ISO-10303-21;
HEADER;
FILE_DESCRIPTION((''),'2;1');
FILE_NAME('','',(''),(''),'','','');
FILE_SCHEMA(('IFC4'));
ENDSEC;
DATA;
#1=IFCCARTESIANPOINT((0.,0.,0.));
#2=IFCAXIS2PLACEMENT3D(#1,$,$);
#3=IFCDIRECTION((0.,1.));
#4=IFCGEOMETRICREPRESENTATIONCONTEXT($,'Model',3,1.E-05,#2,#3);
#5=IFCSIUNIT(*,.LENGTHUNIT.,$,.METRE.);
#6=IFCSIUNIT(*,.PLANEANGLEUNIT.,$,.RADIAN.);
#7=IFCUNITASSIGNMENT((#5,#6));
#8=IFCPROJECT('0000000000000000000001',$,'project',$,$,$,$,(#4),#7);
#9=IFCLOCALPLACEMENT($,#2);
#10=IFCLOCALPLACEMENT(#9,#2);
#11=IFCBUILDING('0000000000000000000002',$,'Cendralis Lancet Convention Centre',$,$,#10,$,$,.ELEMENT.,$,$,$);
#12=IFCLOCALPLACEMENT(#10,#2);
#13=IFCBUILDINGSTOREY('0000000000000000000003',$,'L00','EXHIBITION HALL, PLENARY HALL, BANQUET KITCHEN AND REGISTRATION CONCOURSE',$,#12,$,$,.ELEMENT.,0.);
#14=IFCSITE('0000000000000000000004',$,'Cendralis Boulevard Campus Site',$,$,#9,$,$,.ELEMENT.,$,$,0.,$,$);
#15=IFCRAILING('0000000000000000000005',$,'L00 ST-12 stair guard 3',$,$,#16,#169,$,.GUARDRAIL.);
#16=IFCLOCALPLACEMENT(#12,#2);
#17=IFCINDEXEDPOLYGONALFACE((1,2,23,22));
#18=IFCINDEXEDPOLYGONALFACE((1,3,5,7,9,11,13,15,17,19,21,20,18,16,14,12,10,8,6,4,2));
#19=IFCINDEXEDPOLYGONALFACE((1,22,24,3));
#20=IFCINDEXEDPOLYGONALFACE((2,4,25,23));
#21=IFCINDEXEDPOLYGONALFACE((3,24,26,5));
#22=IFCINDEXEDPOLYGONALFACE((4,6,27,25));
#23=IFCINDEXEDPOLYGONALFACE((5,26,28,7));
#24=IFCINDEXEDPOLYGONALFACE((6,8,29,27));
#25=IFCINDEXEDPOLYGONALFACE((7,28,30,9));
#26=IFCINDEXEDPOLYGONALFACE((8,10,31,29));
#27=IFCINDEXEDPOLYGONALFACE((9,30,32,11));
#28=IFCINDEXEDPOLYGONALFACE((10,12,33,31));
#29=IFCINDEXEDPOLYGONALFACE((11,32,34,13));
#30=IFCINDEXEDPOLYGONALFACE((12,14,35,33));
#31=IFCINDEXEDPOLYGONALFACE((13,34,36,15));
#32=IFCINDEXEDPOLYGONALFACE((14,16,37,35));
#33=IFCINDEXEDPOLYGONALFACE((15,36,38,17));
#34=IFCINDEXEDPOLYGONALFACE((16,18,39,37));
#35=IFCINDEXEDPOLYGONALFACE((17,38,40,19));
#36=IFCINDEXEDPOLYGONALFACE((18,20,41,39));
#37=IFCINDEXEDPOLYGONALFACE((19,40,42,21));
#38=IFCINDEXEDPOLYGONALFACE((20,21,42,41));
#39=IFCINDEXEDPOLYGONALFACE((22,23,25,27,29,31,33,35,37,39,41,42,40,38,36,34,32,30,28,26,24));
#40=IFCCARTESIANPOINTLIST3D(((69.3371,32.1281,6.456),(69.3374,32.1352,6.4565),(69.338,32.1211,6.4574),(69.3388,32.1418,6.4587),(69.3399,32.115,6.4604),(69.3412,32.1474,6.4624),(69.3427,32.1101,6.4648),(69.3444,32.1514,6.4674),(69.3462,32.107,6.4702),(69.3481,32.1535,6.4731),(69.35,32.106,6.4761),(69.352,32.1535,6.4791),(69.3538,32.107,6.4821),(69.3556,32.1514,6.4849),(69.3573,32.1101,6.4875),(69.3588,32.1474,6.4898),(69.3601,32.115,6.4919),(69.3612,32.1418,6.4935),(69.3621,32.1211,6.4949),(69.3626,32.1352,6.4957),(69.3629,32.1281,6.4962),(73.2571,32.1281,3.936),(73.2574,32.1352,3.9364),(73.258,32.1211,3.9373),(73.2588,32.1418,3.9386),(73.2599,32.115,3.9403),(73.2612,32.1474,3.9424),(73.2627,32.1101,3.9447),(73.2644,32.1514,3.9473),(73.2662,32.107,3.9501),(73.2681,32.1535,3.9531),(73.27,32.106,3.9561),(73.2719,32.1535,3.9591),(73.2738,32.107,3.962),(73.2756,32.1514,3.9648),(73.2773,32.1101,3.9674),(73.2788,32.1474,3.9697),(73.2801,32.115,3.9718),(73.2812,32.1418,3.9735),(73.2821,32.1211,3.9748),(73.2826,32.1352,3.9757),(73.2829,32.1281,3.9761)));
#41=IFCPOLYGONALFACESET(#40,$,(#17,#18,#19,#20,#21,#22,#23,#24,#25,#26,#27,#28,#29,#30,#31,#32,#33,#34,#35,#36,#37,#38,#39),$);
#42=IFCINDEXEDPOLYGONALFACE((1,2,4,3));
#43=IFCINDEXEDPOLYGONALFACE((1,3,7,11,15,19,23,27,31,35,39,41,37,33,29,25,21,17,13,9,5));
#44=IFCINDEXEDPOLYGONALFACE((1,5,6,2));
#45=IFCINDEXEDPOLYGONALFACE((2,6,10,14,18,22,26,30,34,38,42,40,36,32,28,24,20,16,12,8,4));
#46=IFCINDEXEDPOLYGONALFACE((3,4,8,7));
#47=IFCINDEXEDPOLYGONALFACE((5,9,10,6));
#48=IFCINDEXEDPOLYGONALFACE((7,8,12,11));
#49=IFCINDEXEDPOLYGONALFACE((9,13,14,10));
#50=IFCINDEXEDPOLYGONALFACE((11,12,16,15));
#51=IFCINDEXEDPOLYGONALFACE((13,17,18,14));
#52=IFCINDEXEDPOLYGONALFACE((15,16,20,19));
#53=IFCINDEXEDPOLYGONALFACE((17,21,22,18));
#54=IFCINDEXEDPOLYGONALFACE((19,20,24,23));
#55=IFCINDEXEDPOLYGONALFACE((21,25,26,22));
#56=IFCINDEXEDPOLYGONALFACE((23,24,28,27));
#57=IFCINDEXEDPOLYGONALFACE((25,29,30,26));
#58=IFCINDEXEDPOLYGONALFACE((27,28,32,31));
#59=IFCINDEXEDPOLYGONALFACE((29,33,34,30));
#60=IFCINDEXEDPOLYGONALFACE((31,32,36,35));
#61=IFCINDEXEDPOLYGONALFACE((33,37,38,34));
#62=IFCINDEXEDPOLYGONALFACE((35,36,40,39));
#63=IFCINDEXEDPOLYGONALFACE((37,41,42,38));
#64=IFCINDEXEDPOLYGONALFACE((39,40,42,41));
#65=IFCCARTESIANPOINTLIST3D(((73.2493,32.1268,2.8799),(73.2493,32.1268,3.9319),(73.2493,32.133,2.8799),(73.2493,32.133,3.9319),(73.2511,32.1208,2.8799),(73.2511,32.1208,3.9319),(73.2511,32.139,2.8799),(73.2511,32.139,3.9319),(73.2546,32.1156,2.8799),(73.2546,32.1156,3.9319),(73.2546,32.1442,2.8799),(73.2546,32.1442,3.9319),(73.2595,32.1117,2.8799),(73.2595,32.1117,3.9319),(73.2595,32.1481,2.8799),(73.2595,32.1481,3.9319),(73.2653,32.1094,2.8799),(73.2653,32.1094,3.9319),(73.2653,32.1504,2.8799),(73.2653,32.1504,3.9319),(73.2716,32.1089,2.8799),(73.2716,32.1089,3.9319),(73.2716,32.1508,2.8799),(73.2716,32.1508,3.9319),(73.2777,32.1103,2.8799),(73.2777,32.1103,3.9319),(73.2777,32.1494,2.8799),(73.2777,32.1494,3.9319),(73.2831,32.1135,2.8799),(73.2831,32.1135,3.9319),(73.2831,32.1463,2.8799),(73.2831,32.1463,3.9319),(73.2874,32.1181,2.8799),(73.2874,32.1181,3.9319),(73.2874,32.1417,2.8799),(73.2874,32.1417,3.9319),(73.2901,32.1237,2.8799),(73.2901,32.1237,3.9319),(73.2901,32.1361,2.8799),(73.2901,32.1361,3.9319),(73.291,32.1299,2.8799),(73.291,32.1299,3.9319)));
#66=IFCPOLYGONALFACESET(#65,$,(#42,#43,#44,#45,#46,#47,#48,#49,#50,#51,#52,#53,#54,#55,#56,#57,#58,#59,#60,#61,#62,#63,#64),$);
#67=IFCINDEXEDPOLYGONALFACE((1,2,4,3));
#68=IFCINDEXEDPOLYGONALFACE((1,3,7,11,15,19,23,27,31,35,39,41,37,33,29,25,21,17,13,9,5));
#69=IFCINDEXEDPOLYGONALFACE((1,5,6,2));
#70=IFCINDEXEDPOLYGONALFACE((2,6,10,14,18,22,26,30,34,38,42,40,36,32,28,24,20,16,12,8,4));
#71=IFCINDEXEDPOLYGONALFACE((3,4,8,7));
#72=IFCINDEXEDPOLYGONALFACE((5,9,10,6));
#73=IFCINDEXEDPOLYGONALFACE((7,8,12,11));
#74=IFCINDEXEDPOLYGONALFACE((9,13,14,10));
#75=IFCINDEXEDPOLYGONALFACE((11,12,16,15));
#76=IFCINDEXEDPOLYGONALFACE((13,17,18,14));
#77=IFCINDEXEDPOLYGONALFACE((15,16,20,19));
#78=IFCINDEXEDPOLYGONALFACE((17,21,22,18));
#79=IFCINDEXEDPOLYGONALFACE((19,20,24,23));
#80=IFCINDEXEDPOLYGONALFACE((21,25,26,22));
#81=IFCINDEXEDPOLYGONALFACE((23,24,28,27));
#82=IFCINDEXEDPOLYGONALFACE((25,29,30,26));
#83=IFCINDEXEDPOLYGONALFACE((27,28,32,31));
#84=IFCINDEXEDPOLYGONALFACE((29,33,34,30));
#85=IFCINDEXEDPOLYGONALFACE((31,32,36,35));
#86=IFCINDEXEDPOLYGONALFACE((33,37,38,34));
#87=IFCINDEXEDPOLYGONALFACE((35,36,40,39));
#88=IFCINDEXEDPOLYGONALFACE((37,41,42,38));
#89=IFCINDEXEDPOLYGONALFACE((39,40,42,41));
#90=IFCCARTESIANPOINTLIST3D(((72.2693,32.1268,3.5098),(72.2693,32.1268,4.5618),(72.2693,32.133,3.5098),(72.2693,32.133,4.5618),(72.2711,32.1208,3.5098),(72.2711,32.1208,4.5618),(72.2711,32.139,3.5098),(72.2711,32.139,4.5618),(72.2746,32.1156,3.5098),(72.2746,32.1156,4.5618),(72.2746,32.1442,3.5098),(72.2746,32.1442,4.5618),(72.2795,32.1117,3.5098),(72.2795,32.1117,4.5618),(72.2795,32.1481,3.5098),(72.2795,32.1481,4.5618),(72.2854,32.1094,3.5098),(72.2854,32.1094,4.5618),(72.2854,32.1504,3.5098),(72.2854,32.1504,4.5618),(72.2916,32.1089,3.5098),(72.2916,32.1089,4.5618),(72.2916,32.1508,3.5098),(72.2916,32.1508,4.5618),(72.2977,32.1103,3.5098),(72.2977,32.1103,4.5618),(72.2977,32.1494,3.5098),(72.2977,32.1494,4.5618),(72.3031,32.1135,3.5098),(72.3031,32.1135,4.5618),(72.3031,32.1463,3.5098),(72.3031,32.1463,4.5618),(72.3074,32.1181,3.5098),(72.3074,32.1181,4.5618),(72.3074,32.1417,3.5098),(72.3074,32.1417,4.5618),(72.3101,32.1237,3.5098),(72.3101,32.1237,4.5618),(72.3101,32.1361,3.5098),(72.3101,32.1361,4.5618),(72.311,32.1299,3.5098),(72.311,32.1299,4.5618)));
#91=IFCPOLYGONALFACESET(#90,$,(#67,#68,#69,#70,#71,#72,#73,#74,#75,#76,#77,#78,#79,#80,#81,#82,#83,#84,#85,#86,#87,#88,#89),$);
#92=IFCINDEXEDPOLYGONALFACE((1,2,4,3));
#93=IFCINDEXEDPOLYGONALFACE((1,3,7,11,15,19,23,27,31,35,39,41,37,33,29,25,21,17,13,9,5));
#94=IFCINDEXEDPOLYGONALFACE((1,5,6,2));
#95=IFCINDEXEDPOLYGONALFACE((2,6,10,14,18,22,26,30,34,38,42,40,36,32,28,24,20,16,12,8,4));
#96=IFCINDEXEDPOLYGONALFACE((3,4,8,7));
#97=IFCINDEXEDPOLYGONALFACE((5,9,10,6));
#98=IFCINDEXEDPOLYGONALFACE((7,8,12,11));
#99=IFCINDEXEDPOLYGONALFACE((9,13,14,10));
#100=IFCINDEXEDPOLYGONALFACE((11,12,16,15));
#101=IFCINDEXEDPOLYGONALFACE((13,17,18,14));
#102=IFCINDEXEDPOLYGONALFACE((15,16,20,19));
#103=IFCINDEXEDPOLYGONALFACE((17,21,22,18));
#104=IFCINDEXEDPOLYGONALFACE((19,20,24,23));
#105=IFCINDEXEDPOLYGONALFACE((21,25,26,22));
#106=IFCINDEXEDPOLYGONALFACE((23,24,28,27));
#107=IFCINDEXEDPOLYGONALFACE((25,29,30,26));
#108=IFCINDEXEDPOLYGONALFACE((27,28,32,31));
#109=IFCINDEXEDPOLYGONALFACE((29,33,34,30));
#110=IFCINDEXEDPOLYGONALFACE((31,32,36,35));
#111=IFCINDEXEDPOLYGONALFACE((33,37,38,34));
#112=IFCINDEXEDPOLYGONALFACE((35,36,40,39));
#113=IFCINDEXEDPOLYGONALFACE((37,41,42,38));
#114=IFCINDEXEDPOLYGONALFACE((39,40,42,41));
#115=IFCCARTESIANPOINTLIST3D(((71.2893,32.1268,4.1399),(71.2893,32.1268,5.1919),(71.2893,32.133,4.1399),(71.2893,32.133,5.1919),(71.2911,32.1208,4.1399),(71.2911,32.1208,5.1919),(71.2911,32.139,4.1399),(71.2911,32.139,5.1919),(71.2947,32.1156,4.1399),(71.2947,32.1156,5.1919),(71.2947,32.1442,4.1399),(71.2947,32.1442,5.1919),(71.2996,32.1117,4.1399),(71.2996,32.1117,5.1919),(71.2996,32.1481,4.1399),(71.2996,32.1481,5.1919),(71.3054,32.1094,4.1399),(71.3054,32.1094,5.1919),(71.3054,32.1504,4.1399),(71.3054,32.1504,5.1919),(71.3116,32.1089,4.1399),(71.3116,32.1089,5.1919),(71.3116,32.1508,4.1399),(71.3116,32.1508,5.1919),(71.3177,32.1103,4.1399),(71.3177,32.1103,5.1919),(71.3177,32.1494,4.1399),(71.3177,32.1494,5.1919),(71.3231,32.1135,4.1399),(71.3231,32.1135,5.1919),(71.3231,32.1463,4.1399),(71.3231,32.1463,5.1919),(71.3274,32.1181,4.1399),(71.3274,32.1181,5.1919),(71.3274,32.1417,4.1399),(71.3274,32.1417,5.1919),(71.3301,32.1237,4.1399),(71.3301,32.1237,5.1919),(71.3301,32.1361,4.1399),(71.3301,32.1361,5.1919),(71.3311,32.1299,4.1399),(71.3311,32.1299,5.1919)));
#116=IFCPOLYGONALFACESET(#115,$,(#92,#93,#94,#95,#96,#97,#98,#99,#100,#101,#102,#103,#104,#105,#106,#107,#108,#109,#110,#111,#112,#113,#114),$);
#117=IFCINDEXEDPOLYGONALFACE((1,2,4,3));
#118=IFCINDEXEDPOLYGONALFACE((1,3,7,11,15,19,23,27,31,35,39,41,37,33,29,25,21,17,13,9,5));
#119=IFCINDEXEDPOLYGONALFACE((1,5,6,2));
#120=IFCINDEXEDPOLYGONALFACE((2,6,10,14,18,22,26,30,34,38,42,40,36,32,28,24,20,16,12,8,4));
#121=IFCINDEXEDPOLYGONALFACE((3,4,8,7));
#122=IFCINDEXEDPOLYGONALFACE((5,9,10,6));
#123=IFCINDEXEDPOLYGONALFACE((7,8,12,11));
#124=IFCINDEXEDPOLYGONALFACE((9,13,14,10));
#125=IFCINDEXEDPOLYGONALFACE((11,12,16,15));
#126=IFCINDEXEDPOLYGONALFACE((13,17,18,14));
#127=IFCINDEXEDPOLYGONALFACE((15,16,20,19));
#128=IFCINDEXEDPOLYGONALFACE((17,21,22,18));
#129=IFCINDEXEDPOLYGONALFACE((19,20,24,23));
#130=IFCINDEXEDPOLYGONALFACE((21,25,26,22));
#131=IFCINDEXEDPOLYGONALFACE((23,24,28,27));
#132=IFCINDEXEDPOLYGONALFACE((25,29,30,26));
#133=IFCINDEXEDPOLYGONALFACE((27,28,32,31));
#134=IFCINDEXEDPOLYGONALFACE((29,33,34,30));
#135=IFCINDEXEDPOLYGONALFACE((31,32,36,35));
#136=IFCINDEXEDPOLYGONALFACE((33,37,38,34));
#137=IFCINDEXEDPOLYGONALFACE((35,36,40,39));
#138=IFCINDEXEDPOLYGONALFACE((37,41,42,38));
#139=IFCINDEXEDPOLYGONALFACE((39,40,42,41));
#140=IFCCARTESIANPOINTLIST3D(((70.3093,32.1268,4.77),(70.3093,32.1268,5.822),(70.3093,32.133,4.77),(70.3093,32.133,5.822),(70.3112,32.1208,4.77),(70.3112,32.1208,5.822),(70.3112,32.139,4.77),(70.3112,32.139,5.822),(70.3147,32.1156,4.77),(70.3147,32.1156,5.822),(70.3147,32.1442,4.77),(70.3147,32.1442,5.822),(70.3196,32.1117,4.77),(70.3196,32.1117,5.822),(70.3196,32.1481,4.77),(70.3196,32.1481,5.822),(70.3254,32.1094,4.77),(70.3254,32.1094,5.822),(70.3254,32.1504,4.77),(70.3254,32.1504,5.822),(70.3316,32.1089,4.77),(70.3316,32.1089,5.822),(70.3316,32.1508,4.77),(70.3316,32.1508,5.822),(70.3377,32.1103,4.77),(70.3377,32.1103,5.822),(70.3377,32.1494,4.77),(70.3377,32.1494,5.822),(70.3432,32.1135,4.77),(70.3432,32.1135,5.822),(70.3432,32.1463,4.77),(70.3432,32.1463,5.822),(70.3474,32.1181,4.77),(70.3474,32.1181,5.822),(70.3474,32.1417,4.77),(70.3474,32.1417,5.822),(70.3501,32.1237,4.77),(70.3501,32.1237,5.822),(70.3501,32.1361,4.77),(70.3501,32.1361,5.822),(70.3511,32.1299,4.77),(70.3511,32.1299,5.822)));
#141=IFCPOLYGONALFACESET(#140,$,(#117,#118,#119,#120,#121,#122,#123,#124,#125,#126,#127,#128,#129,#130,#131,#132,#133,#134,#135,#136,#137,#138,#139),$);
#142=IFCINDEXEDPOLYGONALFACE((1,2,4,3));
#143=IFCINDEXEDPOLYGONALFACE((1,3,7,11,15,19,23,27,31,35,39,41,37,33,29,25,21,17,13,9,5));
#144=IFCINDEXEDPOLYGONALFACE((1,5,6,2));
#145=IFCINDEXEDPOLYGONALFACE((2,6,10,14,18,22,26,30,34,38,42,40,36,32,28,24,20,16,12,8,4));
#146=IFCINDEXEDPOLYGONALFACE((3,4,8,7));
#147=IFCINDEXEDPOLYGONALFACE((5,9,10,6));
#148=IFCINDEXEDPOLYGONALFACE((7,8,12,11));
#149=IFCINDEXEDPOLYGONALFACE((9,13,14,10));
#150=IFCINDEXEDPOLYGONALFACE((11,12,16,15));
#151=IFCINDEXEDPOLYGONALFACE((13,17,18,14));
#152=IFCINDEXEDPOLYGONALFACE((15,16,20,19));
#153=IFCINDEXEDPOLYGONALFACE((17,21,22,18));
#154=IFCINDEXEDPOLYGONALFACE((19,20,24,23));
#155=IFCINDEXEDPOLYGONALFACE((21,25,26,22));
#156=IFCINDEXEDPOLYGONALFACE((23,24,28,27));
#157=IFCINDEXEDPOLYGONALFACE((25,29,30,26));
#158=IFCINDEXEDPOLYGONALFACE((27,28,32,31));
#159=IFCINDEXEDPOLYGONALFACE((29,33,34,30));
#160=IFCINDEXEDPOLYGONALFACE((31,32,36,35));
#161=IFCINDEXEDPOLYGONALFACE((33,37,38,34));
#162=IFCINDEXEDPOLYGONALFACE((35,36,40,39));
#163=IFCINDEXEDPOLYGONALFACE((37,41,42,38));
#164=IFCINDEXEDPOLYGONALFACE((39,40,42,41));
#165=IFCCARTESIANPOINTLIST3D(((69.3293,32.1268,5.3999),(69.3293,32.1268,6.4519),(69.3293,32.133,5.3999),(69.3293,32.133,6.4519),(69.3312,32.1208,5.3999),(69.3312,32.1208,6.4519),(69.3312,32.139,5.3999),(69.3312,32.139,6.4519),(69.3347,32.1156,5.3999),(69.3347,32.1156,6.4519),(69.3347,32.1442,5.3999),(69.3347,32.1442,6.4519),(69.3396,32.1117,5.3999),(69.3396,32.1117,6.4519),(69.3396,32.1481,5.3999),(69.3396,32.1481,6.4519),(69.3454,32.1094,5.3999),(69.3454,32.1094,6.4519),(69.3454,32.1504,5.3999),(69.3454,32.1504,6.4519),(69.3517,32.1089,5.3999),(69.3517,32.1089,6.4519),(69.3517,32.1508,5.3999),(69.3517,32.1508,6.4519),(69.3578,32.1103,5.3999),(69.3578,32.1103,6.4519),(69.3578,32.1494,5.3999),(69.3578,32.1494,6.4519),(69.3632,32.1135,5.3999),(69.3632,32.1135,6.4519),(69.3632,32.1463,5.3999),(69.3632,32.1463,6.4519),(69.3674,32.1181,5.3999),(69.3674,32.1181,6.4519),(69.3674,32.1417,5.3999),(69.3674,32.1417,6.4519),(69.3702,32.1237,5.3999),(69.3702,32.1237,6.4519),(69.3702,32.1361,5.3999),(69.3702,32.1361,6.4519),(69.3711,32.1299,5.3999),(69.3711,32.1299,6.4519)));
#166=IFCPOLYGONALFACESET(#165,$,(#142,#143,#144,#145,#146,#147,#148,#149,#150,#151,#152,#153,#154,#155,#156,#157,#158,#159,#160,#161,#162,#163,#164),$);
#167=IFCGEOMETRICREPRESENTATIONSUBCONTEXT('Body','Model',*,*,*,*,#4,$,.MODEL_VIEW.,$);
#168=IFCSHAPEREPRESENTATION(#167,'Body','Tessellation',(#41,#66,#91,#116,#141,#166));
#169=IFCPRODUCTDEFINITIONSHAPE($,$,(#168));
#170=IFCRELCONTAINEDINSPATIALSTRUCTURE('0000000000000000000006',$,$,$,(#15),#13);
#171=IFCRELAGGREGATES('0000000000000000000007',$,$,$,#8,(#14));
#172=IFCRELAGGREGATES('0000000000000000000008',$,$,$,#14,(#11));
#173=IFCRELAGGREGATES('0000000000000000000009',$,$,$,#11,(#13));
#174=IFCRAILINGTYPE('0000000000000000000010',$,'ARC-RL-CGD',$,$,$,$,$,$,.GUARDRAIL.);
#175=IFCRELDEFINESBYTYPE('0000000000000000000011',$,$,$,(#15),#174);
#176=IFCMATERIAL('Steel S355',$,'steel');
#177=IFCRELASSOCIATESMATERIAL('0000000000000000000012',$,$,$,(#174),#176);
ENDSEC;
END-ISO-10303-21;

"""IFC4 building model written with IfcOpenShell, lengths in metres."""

from ifc_helpers import new_model, si_unit, direction, frame, origin, origin_2d, place, context, subcontext, project, spatial, circle, extrude, material, type_object, element, save


model = new_model("IFC4")

# Units and contexts
model_context = context("Model", 3, precision=1e-05, world=origin(), true_north=direction((0.0, 1.0)))
body_context = subcontext(model_context, "Body", "Model", "MODEL_VIEW")
ifc_project = project(units=[si_unit("LENGTHUNIT", "METRE"), si_unit("PLANEANGLEUNIT", "RADIAN")], contexts=[model_context])

# Site, building, storey
site_placement = place(None, origin())
site = spatial("IfcSite", under=ifc_project, at=site_placement, Name="Cendralis Boulevard Campus Site", CompositionType="ELEMENT", RefElevation=0.0)
building_placement = place(site_placement, origin())
building = spatial("IfcBuilding", under=site, at=building_placement, Name="Cendralis Lancet Convention Centre", CompositionType="ELEMENT")
storey_placement = place(building_placement, origin())
storey = spatial("IfcBuildingStorey", under=building, at=storey_placement, Name="L00", Description="EXHIBITION HALL, PLENARY HALL, BANQUET KITCHEN AND REGISTRATION CONCOURSE", CompositionType="ELEMENT", Elevation=0.0)

# Shared definitions
ifc_material_1 = material(Name="Steel S355", Category="steel")

# Railing
railing_type_1 = type_object("IfcRailingType", Name="ARC-RL-CGD", PredefinedType="GUARDRAIL", material=ifc_material_1)
railing_1_placement = place(storey_placement, frame((73.27, 32.1299, 2.8799)))
element("IfcRailing", 1, at=railing_1_placement, inside=storey, type_object=railing_type_1, Name="L00 ST-12 stair guard 3", PredefinedType="GUARDRAIL", context=body_context, shape_type="SweptSolid", body=[
    extrude(circle(Radius=0.0239, at=origin_2d()), frame((0.0, 0.0, 1.0762), z_axis=(-0.841172, 0.0, 0.540768), x_axis=(0.0, -1.0, 0.0)), (0.0, 0.0, 1.0), 4.6602),
    extrude(circle(Radius=0.021, at=origin_2d()), origin(), (0.0, 0.0, 1.0), 1.052),
    extrude(circle(Radius=0.021, at=origin_2d()), frame((-0.98, 0.0, 0.6299)), (0.0, 0.0, 1.0), 1.052),
    extrude(circle(Radius=0.021, at=origin_2d()), frame((-1.96, 0.0, 1.26)), (0.0, 0.0, 1.0), 1.052),
    extrude(circle(Radius=0.021, at=origin_2d()), frame((-2.9399, 0.0, 1.8901)), (0.0, 0.0, 1.0), 1.052),
    extrude(circle(Radius=0.021, at=origin_2d()), frame((-3.9199, 0.0, 2.52)), (0.0, 0.0, 1.0), 1.052),
])

save(model, "model.ifc")
